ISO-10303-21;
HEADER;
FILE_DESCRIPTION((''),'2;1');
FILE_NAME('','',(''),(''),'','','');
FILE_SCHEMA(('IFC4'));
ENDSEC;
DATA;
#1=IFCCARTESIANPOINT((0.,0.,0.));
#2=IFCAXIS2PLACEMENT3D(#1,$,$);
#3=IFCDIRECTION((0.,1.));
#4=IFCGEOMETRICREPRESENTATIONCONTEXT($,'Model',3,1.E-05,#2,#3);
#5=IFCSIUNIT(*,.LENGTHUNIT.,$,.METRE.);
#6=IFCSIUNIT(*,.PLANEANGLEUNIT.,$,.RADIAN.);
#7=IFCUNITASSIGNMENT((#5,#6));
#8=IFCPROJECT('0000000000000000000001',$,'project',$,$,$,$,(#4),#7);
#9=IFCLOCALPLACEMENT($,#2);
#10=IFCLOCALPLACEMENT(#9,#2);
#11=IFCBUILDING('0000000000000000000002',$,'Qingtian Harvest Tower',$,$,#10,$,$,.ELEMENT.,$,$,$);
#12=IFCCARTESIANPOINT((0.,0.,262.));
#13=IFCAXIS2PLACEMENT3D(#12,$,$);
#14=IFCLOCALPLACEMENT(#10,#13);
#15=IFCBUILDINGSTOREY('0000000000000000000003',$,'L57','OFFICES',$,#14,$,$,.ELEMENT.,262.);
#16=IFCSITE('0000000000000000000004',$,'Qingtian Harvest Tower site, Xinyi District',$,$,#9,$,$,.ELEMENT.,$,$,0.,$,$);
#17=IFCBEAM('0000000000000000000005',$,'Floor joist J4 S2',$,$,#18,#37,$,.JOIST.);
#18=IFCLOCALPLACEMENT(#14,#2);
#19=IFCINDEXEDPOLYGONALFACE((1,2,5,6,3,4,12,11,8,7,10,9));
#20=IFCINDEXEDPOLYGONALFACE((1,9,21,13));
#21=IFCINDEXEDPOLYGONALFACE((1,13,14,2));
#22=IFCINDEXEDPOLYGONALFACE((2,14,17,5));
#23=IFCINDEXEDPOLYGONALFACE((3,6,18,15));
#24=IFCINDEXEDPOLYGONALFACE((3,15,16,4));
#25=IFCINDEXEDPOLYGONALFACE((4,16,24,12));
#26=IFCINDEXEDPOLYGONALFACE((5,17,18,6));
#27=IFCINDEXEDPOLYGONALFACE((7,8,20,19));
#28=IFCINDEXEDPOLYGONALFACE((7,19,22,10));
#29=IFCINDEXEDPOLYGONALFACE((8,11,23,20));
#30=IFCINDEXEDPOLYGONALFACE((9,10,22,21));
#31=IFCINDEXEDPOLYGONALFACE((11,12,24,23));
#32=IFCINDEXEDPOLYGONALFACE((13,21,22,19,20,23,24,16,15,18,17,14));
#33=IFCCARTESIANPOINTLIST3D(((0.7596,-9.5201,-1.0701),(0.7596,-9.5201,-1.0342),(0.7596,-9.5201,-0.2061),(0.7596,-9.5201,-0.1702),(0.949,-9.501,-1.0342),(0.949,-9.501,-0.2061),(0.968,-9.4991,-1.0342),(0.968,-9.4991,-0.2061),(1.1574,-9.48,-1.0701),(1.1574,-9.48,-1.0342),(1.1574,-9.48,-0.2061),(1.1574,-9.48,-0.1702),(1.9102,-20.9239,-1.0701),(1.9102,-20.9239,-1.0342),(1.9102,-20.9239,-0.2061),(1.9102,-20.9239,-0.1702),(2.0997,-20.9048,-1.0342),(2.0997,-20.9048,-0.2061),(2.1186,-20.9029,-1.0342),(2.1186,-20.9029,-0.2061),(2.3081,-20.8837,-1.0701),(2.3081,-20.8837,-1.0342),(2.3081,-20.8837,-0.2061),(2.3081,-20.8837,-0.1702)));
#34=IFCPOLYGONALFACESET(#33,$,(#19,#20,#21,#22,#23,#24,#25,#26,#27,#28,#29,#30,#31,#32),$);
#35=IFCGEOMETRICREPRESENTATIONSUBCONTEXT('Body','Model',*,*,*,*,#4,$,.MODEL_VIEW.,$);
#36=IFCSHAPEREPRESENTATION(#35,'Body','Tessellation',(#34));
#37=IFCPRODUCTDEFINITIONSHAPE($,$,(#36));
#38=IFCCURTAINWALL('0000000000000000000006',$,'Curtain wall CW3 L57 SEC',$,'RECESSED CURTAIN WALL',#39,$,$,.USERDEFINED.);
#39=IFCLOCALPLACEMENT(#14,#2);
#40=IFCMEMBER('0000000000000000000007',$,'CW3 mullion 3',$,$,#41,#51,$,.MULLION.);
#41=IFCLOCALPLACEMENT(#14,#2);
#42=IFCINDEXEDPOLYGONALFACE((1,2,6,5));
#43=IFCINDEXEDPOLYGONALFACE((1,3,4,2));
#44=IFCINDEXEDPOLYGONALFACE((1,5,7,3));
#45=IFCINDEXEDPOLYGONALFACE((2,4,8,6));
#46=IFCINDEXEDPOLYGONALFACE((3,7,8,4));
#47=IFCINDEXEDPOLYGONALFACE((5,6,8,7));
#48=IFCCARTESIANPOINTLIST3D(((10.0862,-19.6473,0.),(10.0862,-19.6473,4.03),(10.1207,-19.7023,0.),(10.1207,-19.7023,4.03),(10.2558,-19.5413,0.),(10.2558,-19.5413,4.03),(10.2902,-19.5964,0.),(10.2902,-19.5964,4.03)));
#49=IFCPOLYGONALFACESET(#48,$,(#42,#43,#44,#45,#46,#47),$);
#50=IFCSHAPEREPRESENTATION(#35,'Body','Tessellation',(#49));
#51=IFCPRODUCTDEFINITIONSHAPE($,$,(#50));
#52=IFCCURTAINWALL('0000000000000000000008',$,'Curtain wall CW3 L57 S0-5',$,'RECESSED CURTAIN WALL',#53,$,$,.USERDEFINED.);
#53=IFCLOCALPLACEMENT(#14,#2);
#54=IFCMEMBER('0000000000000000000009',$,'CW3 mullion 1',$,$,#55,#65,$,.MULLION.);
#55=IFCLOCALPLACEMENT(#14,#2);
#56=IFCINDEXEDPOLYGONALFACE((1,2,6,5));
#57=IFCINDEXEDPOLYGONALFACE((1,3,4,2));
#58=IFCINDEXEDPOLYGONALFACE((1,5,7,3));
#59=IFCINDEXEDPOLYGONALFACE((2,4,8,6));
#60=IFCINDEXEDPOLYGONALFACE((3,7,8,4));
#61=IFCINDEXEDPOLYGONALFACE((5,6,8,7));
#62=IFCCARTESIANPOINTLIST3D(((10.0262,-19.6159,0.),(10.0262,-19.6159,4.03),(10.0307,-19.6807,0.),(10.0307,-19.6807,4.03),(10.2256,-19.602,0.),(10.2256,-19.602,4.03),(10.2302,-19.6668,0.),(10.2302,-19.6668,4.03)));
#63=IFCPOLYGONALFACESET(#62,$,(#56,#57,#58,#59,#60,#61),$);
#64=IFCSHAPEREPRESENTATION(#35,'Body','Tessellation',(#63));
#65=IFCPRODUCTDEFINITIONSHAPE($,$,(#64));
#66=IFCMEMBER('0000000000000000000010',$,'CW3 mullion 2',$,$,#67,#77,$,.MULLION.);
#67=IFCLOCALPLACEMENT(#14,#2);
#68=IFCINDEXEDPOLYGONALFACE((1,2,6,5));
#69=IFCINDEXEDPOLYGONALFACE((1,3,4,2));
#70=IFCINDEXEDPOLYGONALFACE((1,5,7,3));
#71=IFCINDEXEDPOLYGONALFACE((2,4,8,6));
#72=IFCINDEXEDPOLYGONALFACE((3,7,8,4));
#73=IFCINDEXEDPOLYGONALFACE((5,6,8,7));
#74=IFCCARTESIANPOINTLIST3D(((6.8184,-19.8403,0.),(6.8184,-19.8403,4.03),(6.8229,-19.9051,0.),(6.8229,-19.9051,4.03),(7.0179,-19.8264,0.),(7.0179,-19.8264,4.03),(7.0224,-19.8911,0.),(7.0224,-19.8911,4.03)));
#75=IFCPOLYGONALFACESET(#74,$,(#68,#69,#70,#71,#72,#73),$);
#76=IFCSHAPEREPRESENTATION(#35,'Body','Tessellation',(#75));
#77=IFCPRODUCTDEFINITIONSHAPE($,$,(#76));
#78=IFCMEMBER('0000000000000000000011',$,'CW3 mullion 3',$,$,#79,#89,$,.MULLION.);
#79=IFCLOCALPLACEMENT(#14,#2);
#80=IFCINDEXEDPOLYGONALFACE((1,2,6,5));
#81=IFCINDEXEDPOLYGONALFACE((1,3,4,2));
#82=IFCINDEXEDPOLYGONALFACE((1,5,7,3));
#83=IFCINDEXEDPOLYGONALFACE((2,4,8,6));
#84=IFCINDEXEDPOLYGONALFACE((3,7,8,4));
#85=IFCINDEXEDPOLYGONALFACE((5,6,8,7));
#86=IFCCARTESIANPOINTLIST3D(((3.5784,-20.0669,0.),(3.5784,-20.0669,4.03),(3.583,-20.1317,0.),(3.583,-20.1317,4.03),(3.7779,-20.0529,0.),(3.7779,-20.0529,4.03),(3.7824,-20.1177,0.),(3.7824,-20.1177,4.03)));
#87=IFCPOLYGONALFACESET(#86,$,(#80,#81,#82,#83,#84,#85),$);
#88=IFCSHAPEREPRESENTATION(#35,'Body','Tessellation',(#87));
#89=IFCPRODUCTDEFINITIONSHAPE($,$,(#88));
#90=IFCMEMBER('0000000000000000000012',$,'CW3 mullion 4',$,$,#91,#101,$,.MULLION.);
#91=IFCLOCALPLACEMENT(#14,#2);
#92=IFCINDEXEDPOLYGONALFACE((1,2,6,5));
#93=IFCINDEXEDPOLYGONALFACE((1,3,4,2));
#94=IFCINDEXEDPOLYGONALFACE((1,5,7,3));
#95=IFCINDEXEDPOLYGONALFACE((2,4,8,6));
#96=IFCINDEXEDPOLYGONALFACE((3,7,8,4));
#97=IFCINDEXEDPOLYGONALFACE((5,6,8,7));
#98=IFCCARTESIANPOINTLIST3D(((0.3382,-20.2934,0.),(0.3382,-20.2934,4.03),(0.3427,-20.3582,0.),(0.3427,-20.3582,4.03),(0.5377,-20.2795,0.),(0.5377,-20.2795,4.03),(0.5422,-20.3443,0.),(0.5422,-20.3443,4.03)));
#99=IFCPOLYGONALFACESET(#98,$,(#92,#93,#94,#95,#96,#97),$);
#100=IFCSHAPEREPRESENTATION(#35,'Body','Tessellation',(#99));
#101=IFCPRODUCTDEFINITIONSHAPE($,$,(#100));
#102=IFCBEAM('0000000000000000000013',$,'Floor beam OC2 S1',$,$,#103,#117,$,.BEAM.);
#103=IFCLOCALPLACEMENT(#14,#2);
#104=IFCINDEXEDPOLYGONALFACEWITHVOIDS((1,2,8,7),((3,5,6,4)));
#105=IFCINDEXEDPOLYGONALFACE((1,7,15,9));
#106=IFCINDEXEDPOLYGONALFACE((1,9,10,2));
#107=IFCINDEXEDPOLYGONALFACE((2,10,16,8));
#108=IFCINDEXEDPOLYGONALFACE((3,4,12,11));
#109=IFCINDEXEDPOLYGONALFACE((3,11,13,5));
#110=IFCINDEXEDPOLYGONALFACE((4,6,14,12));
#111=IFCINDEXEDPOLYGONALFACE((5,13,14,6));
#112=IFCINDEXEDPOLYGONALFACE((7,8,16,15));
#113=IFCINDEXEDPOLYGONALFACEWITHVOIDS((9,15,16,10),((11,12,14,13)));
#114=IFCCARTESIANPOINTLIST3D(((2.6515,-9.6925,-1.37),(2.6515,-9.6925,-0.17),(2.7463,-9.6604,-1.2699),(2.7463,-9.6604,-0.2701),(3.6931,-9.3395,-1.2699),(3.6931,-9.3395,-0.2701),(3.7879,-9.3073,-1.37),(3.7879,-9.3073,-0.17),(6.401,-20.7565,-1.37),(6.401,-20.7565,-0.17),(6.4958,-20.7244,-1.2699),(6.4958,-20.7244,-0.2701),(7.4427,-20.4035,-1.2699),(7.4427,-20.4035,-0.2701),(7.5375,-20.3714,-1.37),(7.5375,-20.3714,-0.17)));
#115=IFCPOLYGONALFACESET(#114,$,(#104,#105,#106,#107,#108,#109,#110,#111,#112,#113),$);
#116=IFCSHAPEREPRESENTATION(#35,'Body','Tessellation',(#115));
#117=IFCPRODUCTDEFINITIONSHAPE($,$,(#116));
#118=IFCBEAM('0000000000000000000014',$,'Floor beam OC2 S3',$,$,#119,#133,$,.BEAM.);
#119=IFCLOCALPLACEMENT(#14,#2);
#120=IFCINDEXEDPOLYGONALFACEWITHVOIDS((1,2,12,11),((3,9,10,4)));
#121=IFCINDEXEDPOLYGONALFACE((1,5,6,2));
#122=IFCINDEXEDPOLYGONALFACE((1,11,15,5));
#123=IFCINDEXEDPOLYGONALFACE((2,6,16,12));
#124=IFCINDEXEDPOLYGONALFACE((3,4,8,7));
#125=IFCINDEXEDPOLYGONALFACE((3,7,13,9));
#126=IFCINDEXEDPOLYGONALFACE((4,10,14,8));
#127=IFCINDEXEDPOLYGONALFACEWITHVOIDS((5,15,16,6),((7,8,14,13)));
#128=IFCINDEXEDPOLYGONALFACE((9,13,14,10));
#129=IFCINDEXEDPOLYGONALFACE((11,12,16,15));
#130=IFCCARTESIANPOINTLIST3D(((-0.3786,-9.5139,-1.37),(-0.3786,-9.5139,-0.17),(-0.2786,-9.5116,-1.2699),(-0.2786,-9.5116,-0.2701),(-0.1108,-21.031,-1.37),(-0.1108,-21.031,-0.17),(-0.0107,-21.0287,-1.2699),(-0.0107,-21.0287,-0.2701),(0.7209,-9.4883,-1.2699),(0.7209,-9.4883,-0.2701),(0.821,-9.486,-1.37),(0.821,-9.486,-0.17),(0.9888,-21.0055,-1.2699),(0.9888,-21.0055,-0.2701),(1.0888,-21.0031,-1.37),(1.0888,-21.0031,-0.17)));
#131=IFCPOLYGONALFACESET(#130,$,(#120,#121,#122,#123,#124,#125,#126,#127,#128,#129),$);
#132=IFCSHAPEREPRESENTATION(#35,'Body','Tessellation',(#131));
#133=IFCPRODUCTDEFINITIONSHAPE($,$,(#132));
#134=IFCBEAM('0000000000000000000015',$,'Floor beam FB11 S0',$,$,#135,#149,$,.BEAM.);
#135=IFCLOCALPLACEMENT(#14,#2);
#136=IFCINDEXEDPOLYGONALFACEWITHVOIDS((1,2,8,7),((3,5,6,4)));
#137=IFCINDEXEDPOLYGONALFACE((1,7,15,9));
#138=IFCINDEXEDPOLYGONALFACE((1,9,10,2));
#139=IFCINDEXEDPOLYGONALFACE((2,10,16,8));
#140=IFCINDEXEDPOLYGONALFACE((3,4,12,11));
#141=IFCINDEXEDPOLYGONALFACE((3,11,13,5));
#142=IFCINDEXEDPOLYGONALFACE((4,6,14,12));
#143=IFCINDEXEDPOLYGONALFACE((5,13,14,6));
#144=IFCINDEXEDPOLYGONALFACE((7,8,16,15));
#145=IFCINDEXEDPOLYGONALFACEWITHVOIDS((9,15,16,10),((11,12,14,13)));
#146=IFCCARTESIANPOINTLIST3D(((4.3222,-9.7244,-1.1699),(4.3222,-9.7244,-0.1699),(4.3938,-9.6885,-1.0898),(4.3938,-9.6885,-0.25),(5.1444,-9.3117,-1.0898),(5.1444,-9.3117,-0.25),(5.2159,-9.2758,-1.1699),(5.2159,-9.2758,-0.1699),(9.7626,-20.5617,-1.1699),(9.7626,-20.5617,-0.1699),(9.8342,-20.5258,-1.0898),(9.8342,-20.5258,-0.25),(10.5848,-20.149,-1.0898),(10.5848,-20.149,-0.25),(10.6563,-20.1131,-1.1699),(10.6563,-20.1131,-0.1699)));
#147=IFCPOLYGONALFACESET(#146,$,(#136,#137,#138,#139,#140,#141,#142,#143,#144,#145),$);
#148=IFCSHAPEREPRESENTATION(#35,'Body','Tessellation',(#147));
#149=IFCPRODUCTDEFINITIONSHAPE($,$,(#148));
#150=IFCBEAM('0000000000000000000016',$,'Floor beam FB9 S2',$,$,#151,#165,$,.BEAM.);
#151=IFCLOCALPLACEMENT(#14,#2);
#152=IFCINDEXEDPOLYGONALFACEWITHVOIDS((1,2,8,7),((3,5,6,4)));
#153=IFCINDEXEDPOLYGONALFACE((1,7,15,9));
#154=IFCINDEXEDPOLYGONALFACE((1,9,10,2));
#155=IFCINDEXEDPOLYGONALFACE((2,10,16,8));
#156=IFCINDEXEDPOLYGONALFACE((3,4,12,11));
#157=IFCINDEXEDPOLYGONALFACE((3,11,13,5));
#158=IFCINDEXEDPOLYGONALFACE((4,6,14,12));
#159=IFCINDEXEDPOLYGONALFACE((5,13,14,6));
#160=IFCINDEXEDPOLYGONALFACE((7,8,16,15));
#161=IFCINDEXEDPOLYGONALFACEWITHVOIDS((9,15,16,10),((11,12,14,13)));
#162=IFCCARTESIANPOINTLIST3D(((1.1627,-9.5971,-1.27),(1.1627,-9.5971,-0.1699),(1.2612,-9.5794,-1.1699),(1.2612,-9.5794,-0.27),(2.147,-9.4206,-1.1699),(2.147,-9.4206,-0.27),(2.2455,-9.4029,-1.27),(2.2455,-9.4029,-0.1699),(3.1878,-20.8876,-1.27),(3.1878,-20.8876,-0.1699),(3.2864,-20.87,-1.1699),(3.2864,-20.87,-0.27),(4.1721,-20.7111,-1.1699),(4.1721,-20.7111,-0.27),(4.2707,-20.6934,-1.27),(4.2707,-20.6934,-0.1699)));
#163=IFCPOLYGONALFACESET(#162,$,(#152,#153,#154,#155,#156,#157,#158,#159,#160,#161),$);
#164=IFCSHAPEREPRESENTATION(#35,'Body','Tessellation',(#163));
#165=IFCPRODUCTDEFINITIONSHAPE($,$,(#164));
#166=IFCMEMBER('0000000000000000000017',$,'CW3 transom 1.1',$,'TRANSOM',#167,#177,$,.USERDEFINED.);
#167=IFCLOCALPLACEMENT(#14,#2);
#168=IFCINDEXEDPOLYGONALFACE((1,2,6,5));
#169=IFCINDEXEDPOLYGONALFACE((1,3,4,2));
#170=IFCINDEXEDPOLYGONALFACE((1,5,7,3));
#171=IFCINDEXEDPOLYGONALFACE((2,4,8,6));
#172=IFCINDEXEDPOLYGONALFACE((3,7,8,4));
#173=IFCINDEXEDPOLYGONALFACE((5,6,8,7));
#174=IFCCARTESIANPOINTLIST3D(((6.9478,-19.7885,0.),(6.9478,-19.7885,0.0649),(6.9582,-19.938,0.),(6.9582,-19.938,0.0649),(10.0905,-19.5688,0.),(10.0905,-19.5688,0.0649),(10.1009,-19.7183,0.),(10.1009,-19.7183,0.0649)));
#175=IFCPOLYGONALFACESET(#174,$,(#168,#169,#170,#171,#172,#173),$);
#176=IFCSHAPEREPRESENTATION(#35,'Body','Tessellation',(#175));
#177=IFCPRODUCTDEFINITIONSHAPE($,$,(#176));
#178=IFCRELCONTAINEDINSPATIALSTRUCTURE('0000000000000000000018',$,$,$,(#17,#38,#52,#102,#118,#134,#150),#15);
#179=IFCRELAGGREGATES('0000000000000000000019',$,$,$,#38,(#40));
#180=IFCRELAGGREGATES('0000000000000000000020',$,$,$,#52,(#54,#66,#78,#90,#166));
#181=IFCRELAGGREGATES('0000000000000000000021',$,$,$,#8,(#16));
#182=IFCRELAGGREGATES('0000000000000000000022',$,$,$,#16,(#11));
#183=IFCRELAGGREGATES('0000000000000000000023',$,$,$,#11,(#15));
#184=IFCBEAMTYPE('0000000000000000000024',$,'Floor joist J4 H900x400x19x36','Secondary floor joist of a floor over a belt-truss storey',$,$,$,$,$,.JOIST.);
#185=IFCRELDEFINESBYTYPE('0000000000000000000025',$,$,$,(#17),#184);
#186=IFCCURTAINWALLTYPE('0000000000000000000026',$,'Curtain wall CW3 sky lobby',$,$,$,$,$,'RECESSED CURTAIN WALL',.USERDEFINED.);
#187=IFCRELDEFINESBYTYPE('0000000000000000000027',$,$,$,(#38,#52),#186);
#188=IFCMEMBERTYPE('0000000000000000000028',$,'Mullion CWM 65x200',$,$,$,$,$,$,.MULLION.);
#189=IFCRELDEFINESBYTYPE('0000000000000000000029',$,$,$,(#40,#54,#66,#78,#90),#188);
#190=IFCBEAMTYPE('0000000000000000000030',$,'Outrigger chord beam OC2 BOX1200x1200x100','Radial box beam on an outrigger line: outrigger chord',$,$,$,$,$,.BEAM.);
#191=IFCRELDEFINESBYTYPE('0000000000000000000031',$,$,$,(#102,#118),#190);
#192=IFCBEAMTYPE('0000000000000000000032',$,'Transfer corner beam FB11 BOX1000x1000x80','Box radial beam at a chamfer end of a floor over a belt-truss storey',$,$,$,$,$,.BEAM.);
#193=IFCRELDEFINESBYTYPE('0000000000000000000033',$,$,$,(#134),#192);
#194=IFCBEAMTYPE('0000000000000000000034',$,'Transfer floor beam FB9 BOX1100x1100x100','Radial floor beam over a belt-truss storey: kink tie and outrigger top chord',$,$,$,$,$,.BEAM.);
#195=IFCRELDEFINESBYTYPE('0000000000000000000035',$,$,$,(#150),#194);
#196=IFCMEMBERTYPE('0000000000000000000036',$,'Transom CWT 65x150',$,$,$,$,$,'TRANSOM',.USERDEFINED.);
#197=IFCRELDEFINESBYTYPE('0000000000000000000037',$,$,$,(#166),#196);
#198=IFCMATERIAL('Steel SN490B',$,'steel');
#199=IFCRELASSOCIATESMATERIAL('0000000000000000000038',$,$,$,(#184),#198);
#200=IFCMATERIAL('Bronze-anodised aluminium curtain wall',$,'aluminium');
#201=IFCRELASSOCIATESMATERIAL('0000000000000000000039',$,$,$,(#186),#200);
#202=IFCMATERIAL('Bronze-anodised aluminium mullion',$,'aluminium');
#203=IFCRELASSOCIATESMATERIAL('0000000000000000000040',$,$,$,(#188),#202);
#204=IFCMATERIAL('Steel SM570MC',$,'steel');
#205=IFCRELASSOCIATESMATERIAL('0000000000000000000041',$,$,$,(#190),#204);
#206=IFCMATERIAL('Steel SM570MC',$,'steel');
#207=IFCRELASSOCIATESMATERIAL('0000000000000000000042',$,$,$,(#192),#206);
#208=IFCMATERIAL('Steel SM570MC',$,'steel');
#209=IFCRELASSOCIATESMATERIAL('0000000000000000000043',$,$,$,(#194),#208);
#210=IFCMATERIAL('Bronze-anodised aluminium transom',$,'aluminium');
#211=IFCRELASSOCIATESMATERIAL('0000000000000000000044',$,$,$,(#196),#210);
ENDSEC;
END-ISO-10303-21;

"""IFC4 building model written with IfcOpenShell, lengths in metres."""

from ifc_helpers import new_model, si_unit, direction, frame, origin, origin_2d, place, context, subcontext, project, spatial, rectangle, hollow_rectangle, i_section, extrude, material, material_profile, profile_set, type_object, element, aggregate, save


model = new_model("IFC4")

# Units and contexts
model_context = context("Model", 3, precision=1e-05, world=origin(), true_north=direction((0.0, 1.0)))
body_context = subcontext(model_context, "Body", "Model", "MODEL_VIEW")
ifc_project = project(units=[si_unit("LENGTHUNIT", "METRE"), si_unit("PLANEANGLEUNIT", "RADIAN")], contexts=[model_context])

# Site, building, storey
site_placement = place(None, origin())
site = spatial("IfcSite", under=ifc_project, at=site_placement, Name="Qingtian Harvest Tower site, Xinyi District", CompositionType="ELEMENT", RefElevation=0.0)
building_placement = place(site_placement, origin())
building = spatial("IfcBuilding", under=site, at=building_placement, Name="Qingtian Harvest Tower", CompositionType="ELEMENT")
storey_placement = place(building_placement, frame((0.0, 0.0, 262.0)))
storey = spatial("IfcBuildingStorey", under=building, at=storey_placement, Name="L57", Description="OFFICES", CompositionType="ELEMENT", Elevation=262.0)

# Beam
ifc_material_1 = material(Name="Steel SN490B", Category="steel")
ifc_material_profile_1 = material_profile(ifc_material_1, i_section(OverallWidth=0.3999, OverallDepth=0.8999, WebThickness=0.019, FlangeThickness=0.0359, at=origin_2d()), Name="H900x400x19x36")
ifc_profile_set_1 = profile_set([ifc_material_profile_1], Name="Steel SN490B")
beam_type_1 = type_object("IfcBeamType", Name="Floor joist J4 H900x400x19x36", Description="Secondary floor joist of a floor over a belt-truss storey", PredefinedType="JOIST", material=ifc_profile_set_1)
beam_1_placement = place(storey_placement, frame((2.1091, -20.9038, -0.6201), z_axis=(-0.100389, 0.994948, 0.0), x_axis=(-0.994948, -0.100389, 0.0)))
element("IfcBeam", 1, at=beam_1_placement, inside=storey, type_object=beam_type_1, Name="Floor joist J4 S2", PredefinedType="JOIST", context=body_context, shape_type="SweptSolid", body=[
    extrude(i_section(OverallWidth=0.3999, OverallDepth=0.8999, WebThickness=0.019, FlangeThickness=0.0359, at=origin_2d()), origin(), (0.0, 0.0, 1.0), 11.4617),
])

# Curtain wall, member
ifc_material_2 = material(Name="Bronze-anodised aluminium curtain wall", Category="aluminium")
curtain_wall_type = type_object("IfcCurtainWallType", Name="Curtain wall CW3 sky lobby", ElementType="RECESSED CURTAIN WALL", PredefinedType="USERDEFINED", material=ifc_material_2)
curtain_wall_1_placement = place(storey_placement, origin())
curtain_wall_1 = element("IfcCurtainWall", 2, at=curtain_wall_1_placement, inside=storey, type_object=curtain_wall_type, Name="Curtain wall CW3 L57 SEC", ObjectType="RECESSED CURTAIN WALL", PredefinedType="USERDEFINED")
ifc_material_3 = material(Name="Bronze-anodised aluminium mullion", Category="aluminium")
ifc_material_profile_2 = material_profile(ifc_material_3, rectangle(XDim=0.0649, YDim=0.2, at=origin_2d()), Name="AL 65x200")
ifc_profile_set_2 = profile_set([ifc_material_profile_2], Name="Bronze-anodised aluminium mullion")
member_type_1 = type_object("IfcMemberType", Name="Mullion CWM 65x200", PredefinedType="MULLION", material=ifc_profile_set_2)
member_1_placement = place(storey_placement, frame((10.1882, -19.6218, 0.0), z_axis=(0.0, 0.0, 1.0), x_axis=(0.529919, -0.848048, 0.0)))
member_1 = element("IfcMember", 3, at=member_1_placement, type_object=member_type_1, Name="CW3 mullion 3", PredefinedType="MULLION", context=body_context, shape_type="SweptSolid", body=[
    extrude(rectangle(XDim=0.0649, YDim=0.2, at=origin_2d()), origin(), (0.0, 0.0, 1.0), 4.03),
])

# Curtain wall, members
curtain_wall_2_placement = place(storey_placement, origin())
curtain_wall_2 = element("IfcCurtainWall", 4, at=curtain_wall_2_placement, inside=storey, type_object=curtain_wall_type, Name="Curtain wall CW3 L57 S0-5", ObjectType="RECESSED CURTAIN WALL", PredefinedType="USERDEFINED")
member_2_placement = place(storey_placement, frame((10.1282, -19.6414, 0.0), z_axis=(0.0, 0.0, 1.0), x_axis=(0.069756, -0.997564, 0.0)))
member_2 = element("IfcMember", 5, at=member_2_placement, type_object=member_type_1, Name="CW3 mullion 1", PredefinedType="MULLION", context=body_context, shape_type="SweptSolid", body=[
    extrude(rectangle(XDim=0.0649, YDim=0.2, at=origin_2d()), origin(), (0.0, 0.0, 1.0), 4.03),
])
member_3_placement = place(storey_placement, frame((6.9204, -19.8657, 0.0), z_axis=(0.0, 0.0, 1.0), x_axis=(0.069756, -0.997564, 0.0)))
member_3 = element("IfcMember", 6, at=member_3_placement, type_object=member_type_1, Name="CW3 mullion 2", PredefinedType="MULLION", context=body_context, shape_type="SweptSolid", body=[
    extrude(rectangle(XDim=0.0649, YDim=0.2, at=origin_2d()), origin(), (0.0, 0.0, 1.0), 4.03),
])
member_4_placement = place(storey_placement, frame((3.6804, -20.0923, 0.0), z_axis=(0.0, 0.0, 1.0), x_axis=(0.069756, -0.997564, 0.0)))
member_4 = element("IfcMember", 7, at=member_4_placement, type_object=member_type_1, Name="CW3 mullion 3", PredefinedType="MULLION", context=body_context, shape_type="SweptSolid", body=[
    extrude(rectangle(XDim=0.0649, YDim=0.2, at=origin_2d()), origin(), (0.0, 0.0, 1.0), 4.03),
])
member_5_placement = place(storey_placement, frame((0.4402, -20.3188, 0.0), z_axis=(0.0, 0.0, 1.0), x_axis=(0.069756, -0.997564, 0.0)))
member_5 = element("IfcMember", 8, at=member_5_placement, type_object=member_type_1, Name="CW3 mullion 4", PredefinedType="MULLION", context=body_context, shape_type="SweptSolid", body=[
    extrude(rectangle(XDim=0.0649, YDim=0.2, at=origin_2d()), origin(), (0.0, 0.0, 1.0), 4.03),
])

# Beams
ifc_material_4 = material(Name="Steel SM570MC", Category="steel")
ifc_material_profile_3 = material_profile(ifc_material_4, hollow_rectangle(XDim=1.2, YDim=1.2, WallThickness=0.1001, at=origin_2d()), Name="BOX1200x1200x100")
ifc_profile_set_3 = profile_set([ifc_material_profile_3], Name="Steel SM570MC")
beam_type_2 = type_object("IfcBeamType", Name="Outrigger chord beam OC2 BOX1200x1200x100", Description="Radial box beam on an outrigger line: outrigger chord", PredefinedType="BEAM", material=ifc_profile_set_3)
beam_2_placement = place(storey_placement, frame((6.9692, -20.564, -0.77), z_axis=(-0.320964, 0.947092, 0.0), x_axis=(-0.947092, -0.320964, 0.0)))
element("IfcBeam", 9, at=beam_2_placement, inside=storey, type_object=beam_type_2, Name="Floor beam OC2 S1", PredefinedType="BEAM", context=body_context, shape_type="SweptSolid", body=[
    extrude(hollow_rectangle(XDim=1.2, YDim=1.2, WallThickness=0.1001, at=origin_2d()), origin(), (0.0, 0.0, 1.0), 11.6821),
])
beam_3_placement = place(storey_placement, frame((0.489, -21.0171, -0.77), z_axis=(-0.023248, 0.99973, 0.0), x_axis=(-0.99973, -0.023248, 0.0)))
element("IfcBeam", 10, at=beam_3_placement, inside=storey, type_object=beam_type_2, Name="Floor beam OC2 S3", PredefinedType="BEAM", context=body_context, shape_type="SweptSolid", body=[
    extrude(hollow_rectangle(XDim=1.2, YDim=1.2, WallThickness=0.1001, at=origin_2d()), origin(), (0.0, 0.0, 1.0), 11.5203),
])
ifc_material_5 = material(Name="Steel SM570MC", Category="steel")
ifc_material_profile_4 = material_profile(ifc_material_5, hollow_rectangle(XDim=1.0, YDim=1.0, WallThickness=0.0801, at=origin_2d()), Name="BOX1000x1000x80")
ifc_profile_set_4 = profile_set([ifc_material_profile_4], Name="Steel SM570MC")
beam_type_3 = type_object("IfcBeamType", Name="Transfer corner beam FB11 BOX1000x1000x80", Description="Box radial beam at a chamfer end of a floor over a belt-truss storey", PredefinedType="BEAM", material=ifc_profile_set_4)
beam_4_placement = place(storey_placement, frame((10.2095, -20.3374, -0.6699), z_axis=(-0.448646, 0.893709, 0.0), x_axis=(-0.893709, -0.448646, 0.0)))
element("IfcBeam", 11, at=beam_4_placement, inside=storey, type_object=beam_type_3, Name="Floor beam FB11 S0", PredefinedType="BEAM", context=body_context, shape_type="SweptSolid", body=[
    extrude(hollow_rectangle(XDim=1.0, YDim=1.0, WallThickness=0.0801, at=origin_2d()), origin(), (0.0, 0.0, 1.0), 12.1262),
])
ifc_material_6 = material(Name="Steel SM570MC", Category="steel")
ifc_material_profile_5 = material_profile(ifc_material_6, hollow_rectangle(XDim=1.1001, YDim=1.1001, WallThickness=0.1001, at=origin_2d()), Name="BOX1100x1100x100")
ifc_profile_set_5 = profile_set([ifc_material_profile_5], Name="Steel SM570MC")
beam_type_4 = type_object("IfcBeamType", Name="Transfer floor beam FB9 BOX1100x1100x100", Description="Radial floor beam over a belt-truss storey: kink tie and outrigger top chord", PredefinedType="BEAM", material=ifc_profile_set_5)
beam_5_placement = place(storey_placement, frame((3.7292, -20.7905, -0.72), z_axis=(-0.176549, 0.984292, 0.0), x_axis=(-0.984292, -0.176549, 0.0)))
element("IfcBeam", 12, at=beam_5_placement, inside=storey, type_object=beam_type_4, Name="Floor beam FB9 S2", PredefinedType="BEAM", context=body_context, shape_type="SweptSolid", body=[
    extrude(hollow_rectangle(XDim=1.1001, YDim=1.1001, WallThickness=0.1001, at=origin_2d()), origin(), (0.0, 0.0, 1.0), 11.4707),
])

# Member
ifc_material_7 = material(Name="Bronze-anodised aluminium transom", Category="aluminium")
ifc_material_profile_6 = material_profile(ifc_material_7, rectangle(XDim=0.1499, YDim=0.0649, at=origin_2d()), Name="AL 65x150")
ifc_profile_set_6 = profile_set([ifc_material_profile_6], Name="Bronze-anodised aluminium transom")
member_type_2 = type_object("IfcMemberType", Name="Transom CWT 65x150", ElementType="TRANSOM", PredefinedType="USERDEFINED", material=ifc_profile_set_6)
member_6_placement = place(storey_placement, frame((10.0957, -19.6436, 0.0325), z_axis=(-0.997565, -0.069744, 0.0), x_axis=(0.069744, -0.997565, 0.0)))
member_6 = element("IfcMember", 13, at=member_6_placement, type_object=member_type_2, Name="CW3 transom 1.1", ObjectType="TRANSOM", PredefinedType="USERDEFINED", context=body_context, shape_type="SweptSolid", body=[
    extrude(rectangle(XDim=0.1499, YDim=0.0649, at=origin_2d()), origin(), (0.0, 0.0, 1.0), 3.1504),
])

aggregate(curtain_wall_1, [member_1])
aggregate(curtain_wall_2, [member_2, member_3, member_4, member_5, member_6])

save(model, "model.ifc")
